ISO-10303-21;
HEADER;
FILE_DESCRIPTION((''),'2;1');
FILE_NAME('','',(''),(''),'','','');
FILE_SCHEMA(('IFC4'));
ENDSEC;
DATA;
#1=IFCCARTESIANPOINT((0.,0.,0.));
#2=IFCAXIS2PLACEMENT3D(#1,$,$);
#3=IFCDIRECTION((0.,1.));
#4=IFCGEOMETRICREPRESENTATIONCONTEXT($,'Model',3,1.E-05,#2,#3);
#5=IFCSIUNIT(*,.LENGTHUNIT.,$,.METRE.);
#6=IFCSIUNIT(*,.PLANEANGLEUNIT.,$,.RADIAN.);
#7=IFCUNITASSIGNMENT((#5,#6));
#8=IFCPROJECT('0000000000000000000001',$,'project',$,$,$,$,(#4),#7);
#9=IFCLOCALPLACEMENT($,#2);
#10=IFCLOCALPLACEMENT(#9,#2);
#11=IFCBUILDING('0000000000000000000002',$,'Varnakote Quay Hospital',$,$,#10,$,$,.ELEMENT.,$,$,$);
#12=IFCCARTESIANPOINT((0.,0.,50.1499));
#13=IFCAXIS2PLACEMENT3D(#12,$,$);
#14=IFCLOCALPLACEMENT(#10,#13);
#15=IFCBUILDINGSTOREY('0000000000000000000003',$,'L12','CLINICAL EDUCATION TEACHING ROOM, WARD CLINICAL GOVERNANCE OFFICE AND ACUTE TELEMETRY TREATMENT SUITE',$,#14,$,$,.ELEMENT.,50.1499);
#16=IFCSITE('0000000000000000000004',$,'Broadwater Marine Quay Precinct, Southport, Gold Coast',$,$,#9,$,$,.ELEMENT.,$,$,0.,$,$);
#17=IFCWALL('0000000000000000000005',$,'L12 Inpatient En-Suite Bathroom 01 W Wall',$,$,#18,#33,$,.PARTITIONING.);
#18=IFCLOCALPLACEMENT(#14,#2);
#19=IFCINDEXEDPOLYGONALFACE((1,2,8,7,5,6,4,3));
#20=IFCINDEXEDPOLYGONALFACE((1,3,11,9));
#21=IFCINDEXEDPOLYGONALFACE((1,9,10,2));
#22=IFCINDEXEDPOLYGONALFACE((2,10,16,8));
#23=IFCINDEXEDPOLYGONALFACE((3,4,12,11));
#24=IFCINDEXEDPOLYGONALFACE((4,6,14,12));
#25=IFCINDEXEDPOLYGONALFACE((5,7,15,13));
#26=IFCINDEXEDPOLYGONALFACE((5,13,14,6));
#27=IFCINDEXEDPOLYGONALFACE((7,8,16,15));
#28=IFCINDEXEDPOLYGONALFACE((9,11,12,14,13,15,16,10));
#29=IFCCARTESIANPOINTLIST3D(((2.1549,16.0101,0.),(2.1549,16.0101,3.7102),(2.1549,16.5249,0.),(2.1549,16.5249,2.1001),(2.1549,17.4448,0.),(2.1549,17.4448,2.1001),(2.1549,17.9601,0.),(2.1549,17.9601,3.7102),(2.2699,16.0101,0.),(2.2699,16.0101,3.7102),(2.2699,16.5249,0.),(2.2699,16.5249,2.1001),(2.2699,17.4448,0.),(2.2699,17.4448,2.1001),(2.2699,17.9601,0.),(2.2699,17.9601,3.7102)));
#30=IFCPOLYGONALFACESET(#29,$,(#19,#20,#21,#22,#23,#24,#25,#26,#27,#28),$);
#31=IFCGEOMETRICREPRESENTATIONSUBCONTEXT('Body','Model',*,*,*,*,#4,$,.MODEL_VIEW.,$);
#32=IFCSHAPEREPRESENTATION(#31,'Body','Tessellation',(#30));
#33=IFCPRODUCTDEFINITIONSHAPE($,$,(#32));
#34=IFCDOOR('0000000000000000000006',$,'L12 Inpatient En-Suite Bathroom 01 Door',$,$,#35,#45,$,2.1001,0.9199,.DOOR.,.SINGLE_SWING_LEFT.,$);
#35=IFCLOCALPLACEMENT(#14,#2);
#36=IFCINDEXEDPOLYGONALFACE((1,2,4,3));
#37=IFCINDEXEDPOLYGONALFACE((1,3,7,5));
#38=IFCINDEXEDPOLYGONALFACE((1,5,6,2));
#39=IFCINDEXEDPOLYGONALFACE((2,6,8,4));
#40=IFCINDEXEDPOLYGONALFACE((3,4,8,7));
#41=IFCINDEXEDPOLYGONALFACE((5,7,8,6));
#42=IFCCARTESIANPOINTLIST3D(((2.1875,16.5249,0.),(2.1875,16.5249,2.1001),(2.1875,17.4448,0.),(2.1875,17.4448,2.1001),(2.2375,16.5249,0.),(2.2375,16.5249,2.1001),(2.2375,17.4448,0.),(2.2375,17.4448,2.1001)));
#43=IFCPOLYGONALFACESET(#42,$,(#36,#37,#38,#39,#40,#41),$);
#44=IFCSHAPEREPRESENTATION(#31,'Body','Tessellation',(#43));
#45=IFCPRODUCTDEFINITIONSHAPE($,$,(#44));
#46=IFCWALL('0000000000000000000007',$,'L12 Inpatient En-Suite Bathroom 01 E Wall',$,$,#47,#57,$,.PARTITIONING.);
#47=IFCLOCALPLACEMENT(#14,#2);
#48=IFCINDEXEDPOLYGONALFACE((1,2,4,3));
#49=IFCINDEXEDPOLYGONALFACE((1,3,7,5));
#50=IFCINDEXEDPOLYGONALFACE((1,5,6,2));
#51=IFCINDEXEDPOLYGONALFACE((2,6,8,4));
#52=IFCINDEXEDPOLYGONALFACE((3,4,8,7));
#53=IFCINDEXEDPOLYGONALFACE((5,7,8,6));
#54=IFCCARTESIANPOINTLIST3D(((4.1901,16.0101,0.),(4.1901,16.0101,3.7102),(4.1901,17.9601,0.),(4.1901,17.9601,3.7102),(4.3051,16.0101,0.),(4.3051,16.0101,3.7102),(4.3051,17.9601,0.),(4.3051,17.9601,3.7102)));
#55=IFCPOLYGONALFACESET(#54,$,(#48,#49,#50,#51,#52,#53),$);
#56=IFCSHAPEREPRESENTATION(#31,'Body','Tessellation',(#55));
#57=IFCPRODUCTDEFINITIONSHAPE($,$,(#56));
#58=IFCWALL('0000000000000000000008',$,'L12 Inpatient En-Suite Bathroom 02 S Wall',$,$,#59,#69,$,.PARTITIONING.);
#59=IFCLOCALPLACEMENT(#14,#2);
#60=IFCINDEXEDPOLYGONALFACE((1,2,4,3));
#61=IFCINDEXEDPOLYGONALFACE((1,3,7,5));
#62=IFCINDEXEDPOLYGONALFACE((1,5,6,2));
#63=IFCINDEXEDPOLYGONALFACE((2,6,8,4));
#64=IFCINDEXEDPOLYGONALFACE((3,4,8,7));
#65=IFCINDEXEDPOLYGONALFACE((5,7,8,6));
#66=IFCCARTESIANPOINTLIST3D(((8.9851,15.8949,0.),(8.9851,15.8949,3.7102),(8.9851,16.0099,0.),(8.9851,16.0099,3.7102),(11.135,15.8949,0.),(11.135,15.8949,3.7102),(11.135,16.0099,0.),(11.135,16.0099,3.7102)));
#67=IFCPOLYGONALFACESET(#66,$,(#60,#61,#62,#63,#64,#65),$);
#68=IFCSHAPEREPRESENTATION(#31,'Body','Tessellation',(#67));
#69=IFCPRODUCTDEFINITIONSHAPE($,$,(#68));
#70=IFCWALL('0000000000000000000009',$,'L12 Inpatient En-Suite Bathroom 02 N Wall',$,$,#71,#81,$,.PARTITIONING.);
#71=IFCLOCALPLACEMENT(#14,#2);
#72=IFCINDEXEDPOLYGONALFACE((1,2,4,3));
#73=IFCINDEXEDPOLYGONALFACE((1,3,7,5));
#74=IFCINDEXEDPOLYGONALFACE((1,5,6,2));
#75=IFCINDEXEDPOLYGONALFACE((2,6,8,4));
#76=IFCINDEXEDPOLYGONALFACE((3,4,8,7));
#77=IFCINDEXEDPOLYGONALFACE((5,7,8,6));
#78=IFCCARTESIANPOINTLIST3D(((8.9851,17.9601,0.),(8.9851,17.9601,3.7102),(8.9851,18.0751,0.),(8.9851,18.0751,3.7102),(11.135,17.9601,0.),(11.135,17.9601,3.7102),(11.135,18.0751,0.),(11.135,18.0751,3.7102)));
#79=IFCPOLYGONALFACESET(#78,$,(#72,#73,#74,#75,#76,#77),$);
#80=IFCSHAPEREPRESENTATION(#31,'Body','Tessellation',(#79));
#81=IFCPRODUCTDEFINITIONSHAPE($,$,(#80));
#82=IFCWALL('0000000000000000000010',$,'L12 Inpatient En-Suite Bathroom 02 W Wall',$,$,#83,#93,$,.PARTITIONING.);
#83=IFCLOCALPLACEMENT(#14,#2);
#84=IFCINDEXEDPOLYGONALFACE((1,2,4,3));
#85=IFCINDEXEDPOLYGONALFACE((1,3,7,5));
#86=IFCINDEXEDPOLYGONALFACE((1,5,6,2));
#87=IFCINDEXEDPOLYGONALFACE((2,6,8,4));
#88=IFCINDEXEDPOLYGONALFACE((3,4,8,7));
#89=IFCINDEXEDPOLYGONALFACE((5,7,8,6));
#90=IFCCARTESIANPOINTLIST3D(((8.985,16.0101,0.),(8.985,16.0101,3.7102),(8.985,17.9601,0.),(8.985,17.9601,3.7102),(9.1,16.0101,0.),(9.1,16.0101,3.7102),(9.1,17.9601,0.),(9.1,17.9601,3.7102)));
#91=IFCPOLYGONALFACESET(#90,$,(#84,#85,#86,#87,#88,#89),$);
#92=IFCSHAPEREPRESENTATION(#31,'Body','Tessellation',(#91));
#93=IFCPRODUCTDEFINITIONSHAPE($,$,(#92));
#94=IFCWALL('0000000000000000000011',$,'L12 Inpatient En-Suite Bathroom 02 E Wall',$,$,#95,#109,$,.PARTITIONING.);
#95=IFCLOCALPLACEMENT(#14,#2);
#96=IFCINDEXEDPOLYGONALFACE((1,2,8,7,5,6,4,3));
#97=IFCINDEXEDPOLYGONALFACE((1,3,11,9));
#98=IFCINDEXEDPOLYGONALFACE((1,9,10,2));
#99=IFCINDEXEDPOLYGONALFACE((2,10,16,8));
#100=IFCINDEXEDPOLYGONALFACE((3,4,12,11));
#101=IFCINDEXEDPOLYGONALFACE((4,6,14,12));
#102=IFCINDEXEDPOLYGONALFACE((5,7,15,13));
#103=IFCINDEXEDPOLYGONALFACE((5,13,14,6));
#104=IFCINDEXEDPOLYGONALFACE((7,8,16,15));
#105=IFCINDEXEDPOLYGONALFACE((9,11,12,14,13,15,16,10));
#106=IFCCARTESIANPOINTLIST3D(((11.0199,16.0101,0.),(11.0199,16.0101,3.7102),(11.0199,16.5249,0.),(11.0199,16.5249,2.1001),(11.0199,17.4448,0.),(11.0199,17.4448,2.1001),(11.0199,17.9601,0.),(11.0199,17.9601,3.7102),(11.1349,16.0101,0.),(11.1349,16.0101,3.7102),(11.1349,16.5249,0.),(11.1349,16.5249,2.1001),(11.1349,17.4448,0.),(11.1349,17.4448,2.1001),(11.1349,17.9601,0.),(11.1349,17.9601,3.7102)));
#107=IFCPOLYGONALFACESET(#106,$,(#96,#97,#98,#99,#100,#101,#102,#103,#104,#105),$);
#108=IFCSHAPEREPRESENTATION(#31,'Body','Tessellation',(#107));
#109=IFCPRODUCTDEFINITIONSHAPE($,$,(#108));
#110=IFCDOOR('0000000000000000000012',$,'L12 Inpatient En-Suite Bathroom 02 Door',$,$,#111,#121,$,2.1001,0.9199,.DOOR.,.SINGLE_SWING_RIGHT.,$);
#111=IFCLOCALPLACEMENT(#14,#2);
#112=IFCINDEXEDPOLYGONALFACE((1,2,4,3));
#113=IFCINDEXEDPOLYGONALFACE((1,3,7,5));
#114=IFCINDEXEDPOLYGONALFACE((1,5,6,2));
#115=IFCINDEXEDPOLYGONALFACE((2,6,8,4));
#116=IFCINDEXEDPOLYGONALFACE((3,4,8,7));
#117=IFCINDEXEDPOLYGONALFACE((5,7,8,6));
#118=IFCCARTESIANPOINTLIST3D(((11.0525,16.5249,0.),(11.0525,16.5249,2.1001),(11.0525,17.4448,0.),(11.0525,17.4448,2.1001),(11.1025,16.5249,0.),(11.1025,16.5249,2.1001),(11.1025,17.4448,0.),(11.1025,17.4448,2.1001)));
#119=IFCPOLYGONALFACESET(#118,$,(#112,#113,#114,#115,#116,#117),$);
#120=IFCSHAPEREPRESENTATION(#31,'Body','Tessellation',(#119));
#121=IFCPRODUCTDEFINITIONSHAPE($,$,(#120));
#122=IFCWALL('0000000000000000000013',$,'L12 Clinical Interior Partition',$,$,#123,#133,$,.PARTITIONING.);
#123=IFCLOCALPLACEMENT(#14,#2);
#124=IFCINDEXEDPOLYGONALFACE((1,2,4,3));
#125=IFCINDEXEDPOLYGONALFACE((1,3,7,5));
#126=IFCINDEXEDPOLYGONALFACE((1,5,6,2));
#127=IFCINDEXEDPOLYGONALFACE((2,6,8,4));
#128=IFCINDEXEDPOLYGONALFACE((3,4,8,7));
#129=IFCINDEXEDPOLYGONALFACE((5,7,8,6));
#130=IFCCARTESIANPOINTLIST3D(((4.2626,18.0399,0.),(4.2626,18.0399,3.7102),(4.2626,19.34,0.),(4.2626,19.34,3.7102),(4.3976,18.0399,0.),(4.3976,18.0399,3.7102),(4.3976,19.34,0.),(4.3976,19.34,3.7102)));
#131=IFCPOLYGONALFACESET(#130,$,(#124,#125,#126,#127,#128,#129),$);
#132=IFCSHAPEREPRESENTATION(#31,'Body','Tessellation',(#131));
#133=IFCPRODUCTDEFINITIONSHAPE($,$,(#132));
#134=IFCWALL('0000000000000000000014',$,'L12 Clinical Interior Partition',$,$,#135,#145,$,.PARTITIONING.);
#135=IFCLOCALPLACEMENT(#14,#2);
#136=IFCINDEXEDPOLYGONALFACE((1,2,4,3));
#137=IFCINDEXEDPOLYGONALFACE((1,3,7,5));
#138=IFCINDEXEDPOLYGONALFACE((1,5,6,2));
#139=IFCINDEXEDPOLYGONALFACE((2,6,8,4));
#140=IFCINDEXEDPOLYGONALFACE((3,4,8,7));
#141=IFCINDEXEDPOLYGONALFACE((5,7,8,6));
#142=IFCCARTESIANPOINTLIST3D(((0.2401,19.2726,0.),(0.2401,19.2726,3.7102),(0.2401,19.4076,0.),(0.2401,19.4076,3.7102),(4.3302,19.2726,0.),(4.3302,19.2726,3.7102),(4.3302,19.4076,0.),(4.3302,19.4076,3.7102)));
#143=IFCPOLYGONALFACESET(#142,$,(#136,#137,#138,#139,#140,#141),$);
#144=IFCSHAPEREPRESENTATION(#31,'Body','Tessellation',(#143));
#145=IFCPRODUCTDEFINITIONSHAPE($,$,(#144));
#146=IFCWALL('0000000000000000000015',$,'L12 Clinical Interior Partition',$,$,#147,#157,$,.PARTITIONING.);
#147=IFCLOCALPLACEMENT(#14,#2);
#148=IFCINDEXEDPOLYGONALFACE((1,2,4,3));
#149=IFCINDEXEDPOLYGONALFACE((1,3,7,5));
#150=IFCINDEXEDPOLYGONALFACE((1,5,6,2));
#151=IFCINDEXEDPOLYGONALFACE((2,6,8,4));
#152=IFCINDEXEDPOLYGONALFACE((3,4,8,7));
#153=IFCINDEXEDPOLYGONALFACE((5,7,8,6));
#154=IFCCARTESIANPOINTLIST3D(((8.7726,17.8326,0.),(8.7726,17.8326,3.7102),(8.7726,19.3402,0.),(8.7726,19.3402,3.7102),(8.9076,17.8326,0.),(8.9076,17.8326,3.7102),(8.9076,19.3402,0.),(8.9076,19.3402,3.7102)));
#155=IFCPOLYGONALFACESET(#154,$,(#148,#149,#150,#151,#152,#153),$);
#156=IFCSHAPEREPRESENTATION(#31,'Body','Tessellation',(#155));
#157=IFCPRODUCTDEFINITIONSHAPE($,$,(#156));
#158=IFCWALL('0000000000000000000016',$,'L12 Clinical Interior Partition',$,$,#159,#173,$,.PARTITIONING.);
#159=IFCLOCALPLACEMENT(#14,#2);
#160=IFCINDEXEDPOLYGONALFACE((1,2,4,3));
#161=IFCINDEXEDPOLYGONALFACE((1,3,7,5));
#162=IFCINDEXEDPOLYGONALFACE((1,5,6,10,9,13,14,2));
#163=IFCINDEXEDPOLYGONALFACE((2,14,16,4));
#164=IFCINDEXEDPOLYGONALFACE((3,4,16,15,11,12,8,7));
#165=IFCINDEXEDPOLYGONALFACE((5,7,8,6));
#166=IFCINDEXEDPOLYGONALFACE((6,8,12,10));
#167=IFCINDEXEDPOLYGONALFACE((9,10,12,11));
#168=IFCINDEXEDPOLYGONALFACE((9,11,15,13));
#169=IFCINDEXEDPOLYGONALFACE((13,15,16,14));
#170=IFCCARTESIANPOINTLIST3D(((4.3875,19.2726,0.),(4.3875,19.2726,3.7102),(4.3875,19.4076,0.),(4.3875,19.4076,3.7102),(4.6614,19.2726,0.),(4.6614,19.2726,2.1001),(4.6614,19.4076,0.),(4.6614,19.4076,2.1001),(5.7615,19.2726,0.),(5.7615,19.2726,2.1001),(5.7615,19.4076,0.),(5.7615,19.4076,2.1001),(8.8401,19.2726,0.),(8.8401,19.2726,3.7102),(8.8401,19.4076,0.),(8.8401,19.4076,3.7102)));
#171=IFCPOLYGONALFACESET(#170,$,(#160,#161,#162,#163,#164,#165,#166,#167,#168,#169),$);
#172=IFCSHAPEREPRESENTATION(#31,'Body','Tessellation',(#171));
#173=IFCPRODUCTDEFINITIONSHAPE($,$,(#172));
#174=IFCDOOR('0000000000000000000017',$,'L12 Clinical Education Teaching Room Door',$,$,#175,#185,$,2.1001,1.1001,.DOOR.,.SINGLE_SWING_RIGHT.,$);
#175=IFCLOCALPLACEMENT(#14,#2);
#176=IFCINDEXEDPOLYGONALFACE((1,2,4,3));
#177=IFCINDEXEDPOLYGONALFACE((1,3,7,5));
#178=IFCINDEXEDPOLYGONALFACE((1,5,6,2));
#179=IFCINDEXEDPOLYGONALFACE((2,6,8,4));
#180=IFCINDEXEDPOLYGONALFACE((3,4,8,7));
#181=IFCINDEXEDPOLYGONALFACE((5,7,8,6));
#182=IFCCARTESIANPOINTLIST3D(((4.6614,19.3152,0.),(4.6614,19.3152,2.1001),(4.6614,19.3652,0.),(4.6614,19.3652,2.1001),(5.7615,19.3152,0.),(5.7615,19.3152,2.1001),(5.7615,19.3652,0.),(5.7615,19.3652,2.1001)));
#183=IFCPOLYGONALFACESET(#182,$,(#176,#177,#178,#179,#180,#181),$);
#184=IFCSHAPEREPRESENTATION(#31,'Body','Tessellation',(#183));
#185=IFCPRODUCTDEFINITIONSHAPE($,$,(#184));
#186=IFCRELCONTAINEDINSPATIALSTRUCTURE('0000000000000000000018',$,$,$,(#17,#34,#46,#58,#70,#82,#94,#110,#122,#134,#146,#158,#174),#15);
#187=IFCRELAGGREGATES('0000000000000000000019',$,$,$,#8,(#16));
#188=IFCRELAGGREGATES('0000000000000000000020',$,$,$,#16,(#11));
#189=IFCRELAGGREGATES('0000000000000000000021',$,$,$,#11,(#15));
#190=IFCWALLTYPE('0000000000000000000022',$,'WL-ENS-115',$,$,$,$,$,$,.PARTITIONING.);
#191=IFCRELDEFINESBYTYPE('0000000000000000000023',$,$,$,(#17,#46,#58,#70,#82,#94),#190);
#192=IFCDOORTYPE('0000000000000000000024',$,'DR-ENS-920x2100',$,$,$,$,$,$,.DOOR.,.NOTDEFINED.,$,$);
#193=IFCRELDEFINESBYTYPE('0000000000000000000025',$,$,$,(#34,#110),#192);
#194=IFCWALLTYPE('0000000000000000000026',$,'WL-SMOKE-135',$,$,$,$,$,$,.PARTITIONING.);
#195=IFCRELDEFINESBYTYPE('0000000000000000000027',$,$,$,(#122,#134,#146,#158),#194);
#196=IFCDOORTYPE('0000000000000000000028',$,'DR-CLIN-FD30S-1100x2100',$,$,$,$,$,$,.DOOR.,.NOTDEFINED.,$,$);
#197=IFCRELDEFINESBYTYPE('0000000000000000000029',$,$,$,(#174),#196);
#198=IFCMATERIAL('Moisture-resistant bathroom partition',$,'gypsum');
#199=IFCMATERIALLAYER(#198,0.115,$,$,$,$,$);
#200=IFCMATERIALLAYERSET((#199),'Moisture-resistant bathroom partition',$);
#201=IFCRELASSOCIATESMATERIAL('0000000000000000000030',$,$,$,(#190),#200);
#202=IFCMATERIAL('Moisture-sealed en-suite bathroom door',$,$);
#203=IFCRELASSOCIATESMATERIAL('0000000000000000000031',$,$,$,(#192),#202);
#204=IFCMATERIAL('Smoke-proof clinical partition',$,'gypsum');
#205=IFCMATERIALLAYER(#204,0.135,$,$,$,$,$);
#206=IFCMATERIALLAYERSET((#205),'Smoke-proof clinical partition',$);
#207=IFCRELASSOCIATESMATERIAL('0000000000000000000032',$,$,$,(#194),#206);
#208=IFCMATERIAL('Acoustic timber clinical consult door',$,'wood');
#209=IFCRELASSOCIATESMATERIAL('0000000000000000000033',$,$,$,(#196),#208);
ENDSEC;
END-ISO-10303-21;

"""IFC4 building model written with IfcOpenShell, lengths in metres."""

from ifc_helpers import new_model, si_unit, direction, frame, frame_2d, origin, place, context, subcontext, project, spatial, rectangle, extrude, material, layer, layer_set, type_object, element, fill, save


model = new_model("IFC4")

# Units and contexts
model_context = context("Model", 3, precision=1e-05, world=origin(), true_north=direction((0.0, 1.0)))
body_context = subcontext(model_context, "Body", "Model", "MODEL_VIEW")
ifc_project = project(units=[si_unit("LENGTHUNIT", "METRE"), si_unit("PLANEANGLEUNIT", "RADIAN")], contexts=[model_context])

# Site, building, storey
site_placement = place(None, origin())
site = spatial("IfcSite", under=ifc_project, at=site_placement, Name="Broadwater Marine Quay Precinct, Southport, Gold Coast", CompositionType="ELEMENT", RefElevation=0.0)
building_placement = place(site_placement, origin())
building = spatial("IfcBuilding", under=site, at=building_placement, Name="Varnakote Quay Hospital", CompositionType="ELEMENT")
storey_placement = place(building_placement, frame((0.0, 0.0, 50.1499)))
storey = spatial("IfcBuildingStorey", under=building, at=storey_placement, Name="L12", Description="CLINICAL EDUCATION TEACHING ROOM, WARD CLINICAL GOVERNANCE OFFICE AND ACUTE TELEMETRY TREATMENT SUITE", CompositionType="ELEMENT", Elevation=50.1499)

# Shared definitions
ifc_material_1 = material(Name="Moisture-resistant bathroom partition", Category="gypsum")
ifc_layer_1 = layer(ifc_material_1, 0.115)
ifc_layer_set_1 = layer_set([ifc_layer_1], Name="Moisture-resistant bathroom partition")
wall_type_1 = type_object("IfcWallType", Name="WL-ENS-115", PredefinedType="PARTITIONING", material=ifc_layer_set_1)

# Wall, opening, door
wall_1_placement = place(storey_placement, frame((2.2124, 16.01, 0.0), z_axis=(0.0, 0.0, 1.0), x_axis=(0.0, 1.0, 0.0)))
wall_1 = element("IfcWall", 1, at=wall_1_placement, inside=storey, type_object=wall_type_1, Name="L12 Inpatient En-Suite Bathroom 01 W Wall", PredefinedType="PARTITIONING", context=body_context, shape_type="SweptSolid", body=[
    extrude(rectangle(XDim=1.95, YDim=0.115, at=frame_2d((0.9751, 0.0))), origin(), (0.0, 0.0, 1.0), 3.7102),
])
opening_1_placement = place(wall_1_placement, frame((0.5149, 0.0, 0.0)))
opening_1 = element("IfcOpeningElement", 2, at=opening_1_placement, cuts=wall_1, PredefinedType="OPENING", context=body_context, shape_type="SweptSolid", body=[
    extrude(rectangle(XDim=0.9199, YDim=2.1001, at=frame_2d((0.46, 1.05))), frame((0.0, 0.0674, 0.0), z_axis=(0.0, -1.0, 0.0), x_axis=(1.0, 0.0, 0.0)), (0.0, 0.0, 1.0), 0.135),
])
ifc_material_2 = material(Name="Moisture-sealed en-suite bathroom door")
door_type_1 = type_object("IfcDoorType", Name="DR-ENS-920x2100", OperationType="NOTDEFINED", PredefinedType="DOOR", material=ifc_material_2)
door_1_placement = place(opening_1_placement, origin())
door_1 = element("IfcDoor", 3, at=door_1_placement, inside=storey, type_object=door_type_1, Name="L12 Inpatient En-Suite Bathroom 01 Door", OperationType="SINGLE_SWING_LEFT", OverallHeight=2.1001, OverallWidth=0.9199, PredefinedType="DOOR", context=body_context, shape_type="SweptSolid", body=[
    extrude(rectangle(XDim=0.9199, YDim=2.1001, at=frame_2d((0.46, 1.05))), frame((0.0, 0.0249, 0.0), z_axis=(0.0, -1.0, 0.0), x_axis=(1.0, 0.0, 0.0)), (0.0, 0.0, 1.0), 0.05),
])
fill(opening_1, door_1)

# Walls
wall_2_placement = place(storey_placement, frame((4.2476, 16.01, 0.0), z_axis=(0.0, 0.0, 1.0), x_axis=(0.0, 1.0, 0.0)))
element("IfcWall", 4, at=wall_2_placement, inside=storey, type_object=wall_type_1, Name="L12 Inpatient En-Suite Bathroom 01 E Wall", PredefinedType="PARTITIONING", context=body_context, shape_type="SweptSolid", body=[
    extrude(rectangle(XDim=1.95, YDim=0.115, at=frame_2d((0.9751, 0.0))), origin(), (0.0, 0.0, 1.0), 3.7102),
])
for number, where, z_axis, x_axis, name in (
    (5, (8.9851, 15.9524, 0.0), (0.0, 0.0, 1.0), (1.0, 0.0, 0.0), "L12 Inpatient En-Suite Bathroom 02 S Wall"),
    (6, (8.9851, 18.0176, 0.0), (0.0, 0.0, 1.0), (1.0, 0.0, 0.0), "L12 Inpatient En-Suite Bathroom 02 N Wall"),
):
    element("IfcWall", number, at=place(storey_placement, frame(where, z_axis=z_axis, x_axis=x_axis)), inside=storey, type_object=wall_type_1, Name=name, PredefinedType="PARTITIONING", context=body_context, shape_type="SweptSolid", body=[
        extrude(rectangle(XDim=2.1499, YDim=0.115, at=frame_2d((1.075, 0.0))), origin(), (0.0, 0.0, 1.0), 3.7102),
    ])
wall_3_placement = place(storey_placement, frame((9.0425, 16.01, 0.0), z_axis=(0.0, 0.0, 1.0), x_axis=(0.0, 1.0, 0.0)))
element("IfcWall", 7, at=wall_3_placement, inside=storey, type_object=wall_type_1, Name="L12 Inpatient En-Suite Bathroom 02 W Wall", PredefinedType="PARTITIONING", context=body_context, shape_type="SweptSolid", body=[
    extrude(rectangle(XDim=1.95, YDim=0.115, at=frame_2d((0.9751, 0.0))), origin(), (0.0, 0.0, 1.0), 3.7102),
])

# Wall, opening, door
wall_4_placement = place(storey_placement, frame((11.0774, 16.01, 0.0), z_axis=(0.0, 0.0, 1.0), x_axis=(0.0, 1.0, 0.0)))
wall_4 = element("IfcWall", 8, at=wall_4_placement, inside=storey, type_object=wall_type_1, Name="L12 Inpatient En-Suite Bathroom 02 E Wall", PredefinedType="PARTITIONING", context=body_context, shape_type="SweptSolid", body=[
    extrude(rectangle(XDim=1.95, YDim=0.115, at=frame_2d((0.9751, 0.0))), origin(), (0.0, 0.0, 1.0), 3.7102),
])
opening_2_placement = place(wall_4_placement, frame((0.5149, 0.0, 0.0)))
opening_2 = element("IfcOpeningElement", 9, at=opening_2_placement, cuts=wall_4, PredefinedType="OPENING", context=body_context, shape_type="SweptSolid", body=[
    extrude(rectangle(XDim=0.9199, YDim=2.1001, at=frame_2d((0.46, 1.05))), frame((0.0, 0.0674, 0.0), z_axis=(0.0, -1.0, 0.0), x_axis=(1.0, 0.0, 0.0)), (0.0, 0.0, 1.0), 0.135),
])
door_2_placement = place(opening_2_placement, origin())
door_2 = element("IfcDoor", 10, at=door_2_placement, inside=storey, type_object=door_type_1, Name="L12 Inpatient En-Suite Bathroom 02 Door", OperationType="SINGLE_SWING_RIGHT", OverallHeight=2.1001, OverallWidth=0.9199, PredefinedType="DOOR", context=body_context, shape_type="SweptSolid", body=[
    extrude(rectangle(XDim=0.9199, YDim=2.1001, at=frame_2d((0.46, 1.05))), frame((0.0, 0.0249, 0.0), z_axis=(0.0, -1.0, 0.0), x_axis=(1.0, 0.0, 0.0)), (0.0, 0.0, 1.0), 0.05),
])
fill(opening_2, door_2)

# Walls
ifc_material_3 = material(Name="Smoke-proof clinical partition", Category="gypsum")
ifc_layer_2 = layer(ifc_material_3, 0.135)
ifc_layer_set_2 = layer_set([ifc_layer_2], Name="Smoke-proof clinical partition")
wall_type_2 = type_object("IfcWallType", Name="WL-SMOKE-135", PredefinedType="PARTITIONING", material=ifc_layer_set_2)
wall_5_placement = place(storey_placement, frame((4.3301, 18.04, 0.0), z_axis=(0.0, 0.0, 1.0), x_axis=(0.0, 1.0, 0.0)))
element("IfcWall", 11, at=wall_5_placement, inside=storey, type_object=wall_type_2, Name="L12 Clinical Interior Partition", PredefinedType="PARTITIONING", context=body_context, shape_type="SweptSolid", body=[
    extrude(rectangle(XDim=1.3, YDim=0.135, at=frame_2d((0.6499, 0.0))), origin(), (0.0, 0.0, 1.0), 3.7102),
])
wall_6_placement = place(storey_placement, frame((4.3301, 19.3401, 0.0), z_axis=(0.0, 0.0, 1.0), x_axis=(-1.0, 0.0, 0.0)))
element("IfcWall", 12, at=wall_6_placement, inside=storey, type_object=wall_type_2, Name="L12 Clinical Interior Partition", PredefinedType="PARTITIONING", context=body_context, shape_type="SweptSolid", body=[
    extrude(rectangle(XDim=4.0901, YDim=0.135, at=frame_2d((2.0449, 0.0))), origin(), (0.0, 0.0, 1.0), 3.7102),
])
wall_7_placement = place(storey_placement, frame((8.8401, 17.8325, 0.0), z_axis=(0.0, 0.0, 1.0), x_axis=(0.0, 1.0, 0.0)))
element("IfcWall", 13, at=wall_7_placement, inside=storey, type_object=wall_type_2, Name="L12 Clinical Interior Partition", PredefinedType="PARTITIONING", context=body_context, shape_type="SweptSolid", body=[
    extrude(rectangle(XDim=1.5076, YDim=0.135, at=frame_2d((0.7539, 0.0))), origin(), (0.0, 0.0, 1.0), 3.7102),
])

# Wall, opening, door
wall_8_placement = place(storey_placement, frame((8.8401, 19.3401, 0.0), z_axis=(0.0, 0.0, 1.0), x_axis=(-1.0, 0.0, 0.0)))
wall_8 = element("IfcWall", 14, at=wall_8_placement, inside=storey, type_object=wall_type_2, Name="L12 Clinical Interior Partition", PredefinedType="PARTITIONING", context=body_context, shape_type="SweptSolid", body=[
    extrude(rectangle(XDim=4.4526, YDim=0.135, at=frame_2d((2.2263, 0.0))), origin(), (0.0, 0.0, 1.0), 3.7102),
])
opening_3_placement = place(wall_8_placement, frame((3.0786, 0.0, 0.0)))
opening_3 = element("IfcOpeningElement", 15, at=opening_3_placement, cuts=wall_8, PredefinedType="OPENING", context=body_context, shape_type="SweptSolid", body=[
    extrude(rectangle(XDim=1.1001, YDim=2.1001, at=frame_2d((0.55, 1.05))), frame((0.0, 0.0774, 0.0), z_axis=(0.0, -1.0, 0.0), x_axis=(1.0, 0.0, 0.0)), (0.0, 0.0, 1.0), 0.155),
])
ifc_material_4 = material(Name="Acoustic timber clinical consult door", Category="wood")
door_type_2 = type_object("IfcDoorType", Name="DR-CLIN-FD30S-1100x2100", OperationType="NOTDEFINED", PredefinedType="DOOR", material=ifc_material_4)
door_3_placement = place(opening_3_placement, origin())
door_3 = element("IfcDoor", 16, at=door_3_placement, inside=storey, type_object=door_type_2, Name="L12 Clinical Education Teaching Room Door", OperationType="SINGLE_SWING_RIGHT", OverallHeight=2.1001, OverallWidth=1.1001, PredefinedType="DOOR", context=body_context, shape_type="SweptSolid", body=[
    extrude(rectangle(XDim=1.1001, YDim=2.1001, at=frame_2d((0.55, 1.05))), frame((0.0, 0.0249, 0.0), z_axis=(0.0, -1.0, 0.0), x_axis=(1.0, 0.0, 0.0)), (0.0, 0.0, 1.0), 0.05),
])
fill(opening_3, door_3)

save(model, "model.ifc")
